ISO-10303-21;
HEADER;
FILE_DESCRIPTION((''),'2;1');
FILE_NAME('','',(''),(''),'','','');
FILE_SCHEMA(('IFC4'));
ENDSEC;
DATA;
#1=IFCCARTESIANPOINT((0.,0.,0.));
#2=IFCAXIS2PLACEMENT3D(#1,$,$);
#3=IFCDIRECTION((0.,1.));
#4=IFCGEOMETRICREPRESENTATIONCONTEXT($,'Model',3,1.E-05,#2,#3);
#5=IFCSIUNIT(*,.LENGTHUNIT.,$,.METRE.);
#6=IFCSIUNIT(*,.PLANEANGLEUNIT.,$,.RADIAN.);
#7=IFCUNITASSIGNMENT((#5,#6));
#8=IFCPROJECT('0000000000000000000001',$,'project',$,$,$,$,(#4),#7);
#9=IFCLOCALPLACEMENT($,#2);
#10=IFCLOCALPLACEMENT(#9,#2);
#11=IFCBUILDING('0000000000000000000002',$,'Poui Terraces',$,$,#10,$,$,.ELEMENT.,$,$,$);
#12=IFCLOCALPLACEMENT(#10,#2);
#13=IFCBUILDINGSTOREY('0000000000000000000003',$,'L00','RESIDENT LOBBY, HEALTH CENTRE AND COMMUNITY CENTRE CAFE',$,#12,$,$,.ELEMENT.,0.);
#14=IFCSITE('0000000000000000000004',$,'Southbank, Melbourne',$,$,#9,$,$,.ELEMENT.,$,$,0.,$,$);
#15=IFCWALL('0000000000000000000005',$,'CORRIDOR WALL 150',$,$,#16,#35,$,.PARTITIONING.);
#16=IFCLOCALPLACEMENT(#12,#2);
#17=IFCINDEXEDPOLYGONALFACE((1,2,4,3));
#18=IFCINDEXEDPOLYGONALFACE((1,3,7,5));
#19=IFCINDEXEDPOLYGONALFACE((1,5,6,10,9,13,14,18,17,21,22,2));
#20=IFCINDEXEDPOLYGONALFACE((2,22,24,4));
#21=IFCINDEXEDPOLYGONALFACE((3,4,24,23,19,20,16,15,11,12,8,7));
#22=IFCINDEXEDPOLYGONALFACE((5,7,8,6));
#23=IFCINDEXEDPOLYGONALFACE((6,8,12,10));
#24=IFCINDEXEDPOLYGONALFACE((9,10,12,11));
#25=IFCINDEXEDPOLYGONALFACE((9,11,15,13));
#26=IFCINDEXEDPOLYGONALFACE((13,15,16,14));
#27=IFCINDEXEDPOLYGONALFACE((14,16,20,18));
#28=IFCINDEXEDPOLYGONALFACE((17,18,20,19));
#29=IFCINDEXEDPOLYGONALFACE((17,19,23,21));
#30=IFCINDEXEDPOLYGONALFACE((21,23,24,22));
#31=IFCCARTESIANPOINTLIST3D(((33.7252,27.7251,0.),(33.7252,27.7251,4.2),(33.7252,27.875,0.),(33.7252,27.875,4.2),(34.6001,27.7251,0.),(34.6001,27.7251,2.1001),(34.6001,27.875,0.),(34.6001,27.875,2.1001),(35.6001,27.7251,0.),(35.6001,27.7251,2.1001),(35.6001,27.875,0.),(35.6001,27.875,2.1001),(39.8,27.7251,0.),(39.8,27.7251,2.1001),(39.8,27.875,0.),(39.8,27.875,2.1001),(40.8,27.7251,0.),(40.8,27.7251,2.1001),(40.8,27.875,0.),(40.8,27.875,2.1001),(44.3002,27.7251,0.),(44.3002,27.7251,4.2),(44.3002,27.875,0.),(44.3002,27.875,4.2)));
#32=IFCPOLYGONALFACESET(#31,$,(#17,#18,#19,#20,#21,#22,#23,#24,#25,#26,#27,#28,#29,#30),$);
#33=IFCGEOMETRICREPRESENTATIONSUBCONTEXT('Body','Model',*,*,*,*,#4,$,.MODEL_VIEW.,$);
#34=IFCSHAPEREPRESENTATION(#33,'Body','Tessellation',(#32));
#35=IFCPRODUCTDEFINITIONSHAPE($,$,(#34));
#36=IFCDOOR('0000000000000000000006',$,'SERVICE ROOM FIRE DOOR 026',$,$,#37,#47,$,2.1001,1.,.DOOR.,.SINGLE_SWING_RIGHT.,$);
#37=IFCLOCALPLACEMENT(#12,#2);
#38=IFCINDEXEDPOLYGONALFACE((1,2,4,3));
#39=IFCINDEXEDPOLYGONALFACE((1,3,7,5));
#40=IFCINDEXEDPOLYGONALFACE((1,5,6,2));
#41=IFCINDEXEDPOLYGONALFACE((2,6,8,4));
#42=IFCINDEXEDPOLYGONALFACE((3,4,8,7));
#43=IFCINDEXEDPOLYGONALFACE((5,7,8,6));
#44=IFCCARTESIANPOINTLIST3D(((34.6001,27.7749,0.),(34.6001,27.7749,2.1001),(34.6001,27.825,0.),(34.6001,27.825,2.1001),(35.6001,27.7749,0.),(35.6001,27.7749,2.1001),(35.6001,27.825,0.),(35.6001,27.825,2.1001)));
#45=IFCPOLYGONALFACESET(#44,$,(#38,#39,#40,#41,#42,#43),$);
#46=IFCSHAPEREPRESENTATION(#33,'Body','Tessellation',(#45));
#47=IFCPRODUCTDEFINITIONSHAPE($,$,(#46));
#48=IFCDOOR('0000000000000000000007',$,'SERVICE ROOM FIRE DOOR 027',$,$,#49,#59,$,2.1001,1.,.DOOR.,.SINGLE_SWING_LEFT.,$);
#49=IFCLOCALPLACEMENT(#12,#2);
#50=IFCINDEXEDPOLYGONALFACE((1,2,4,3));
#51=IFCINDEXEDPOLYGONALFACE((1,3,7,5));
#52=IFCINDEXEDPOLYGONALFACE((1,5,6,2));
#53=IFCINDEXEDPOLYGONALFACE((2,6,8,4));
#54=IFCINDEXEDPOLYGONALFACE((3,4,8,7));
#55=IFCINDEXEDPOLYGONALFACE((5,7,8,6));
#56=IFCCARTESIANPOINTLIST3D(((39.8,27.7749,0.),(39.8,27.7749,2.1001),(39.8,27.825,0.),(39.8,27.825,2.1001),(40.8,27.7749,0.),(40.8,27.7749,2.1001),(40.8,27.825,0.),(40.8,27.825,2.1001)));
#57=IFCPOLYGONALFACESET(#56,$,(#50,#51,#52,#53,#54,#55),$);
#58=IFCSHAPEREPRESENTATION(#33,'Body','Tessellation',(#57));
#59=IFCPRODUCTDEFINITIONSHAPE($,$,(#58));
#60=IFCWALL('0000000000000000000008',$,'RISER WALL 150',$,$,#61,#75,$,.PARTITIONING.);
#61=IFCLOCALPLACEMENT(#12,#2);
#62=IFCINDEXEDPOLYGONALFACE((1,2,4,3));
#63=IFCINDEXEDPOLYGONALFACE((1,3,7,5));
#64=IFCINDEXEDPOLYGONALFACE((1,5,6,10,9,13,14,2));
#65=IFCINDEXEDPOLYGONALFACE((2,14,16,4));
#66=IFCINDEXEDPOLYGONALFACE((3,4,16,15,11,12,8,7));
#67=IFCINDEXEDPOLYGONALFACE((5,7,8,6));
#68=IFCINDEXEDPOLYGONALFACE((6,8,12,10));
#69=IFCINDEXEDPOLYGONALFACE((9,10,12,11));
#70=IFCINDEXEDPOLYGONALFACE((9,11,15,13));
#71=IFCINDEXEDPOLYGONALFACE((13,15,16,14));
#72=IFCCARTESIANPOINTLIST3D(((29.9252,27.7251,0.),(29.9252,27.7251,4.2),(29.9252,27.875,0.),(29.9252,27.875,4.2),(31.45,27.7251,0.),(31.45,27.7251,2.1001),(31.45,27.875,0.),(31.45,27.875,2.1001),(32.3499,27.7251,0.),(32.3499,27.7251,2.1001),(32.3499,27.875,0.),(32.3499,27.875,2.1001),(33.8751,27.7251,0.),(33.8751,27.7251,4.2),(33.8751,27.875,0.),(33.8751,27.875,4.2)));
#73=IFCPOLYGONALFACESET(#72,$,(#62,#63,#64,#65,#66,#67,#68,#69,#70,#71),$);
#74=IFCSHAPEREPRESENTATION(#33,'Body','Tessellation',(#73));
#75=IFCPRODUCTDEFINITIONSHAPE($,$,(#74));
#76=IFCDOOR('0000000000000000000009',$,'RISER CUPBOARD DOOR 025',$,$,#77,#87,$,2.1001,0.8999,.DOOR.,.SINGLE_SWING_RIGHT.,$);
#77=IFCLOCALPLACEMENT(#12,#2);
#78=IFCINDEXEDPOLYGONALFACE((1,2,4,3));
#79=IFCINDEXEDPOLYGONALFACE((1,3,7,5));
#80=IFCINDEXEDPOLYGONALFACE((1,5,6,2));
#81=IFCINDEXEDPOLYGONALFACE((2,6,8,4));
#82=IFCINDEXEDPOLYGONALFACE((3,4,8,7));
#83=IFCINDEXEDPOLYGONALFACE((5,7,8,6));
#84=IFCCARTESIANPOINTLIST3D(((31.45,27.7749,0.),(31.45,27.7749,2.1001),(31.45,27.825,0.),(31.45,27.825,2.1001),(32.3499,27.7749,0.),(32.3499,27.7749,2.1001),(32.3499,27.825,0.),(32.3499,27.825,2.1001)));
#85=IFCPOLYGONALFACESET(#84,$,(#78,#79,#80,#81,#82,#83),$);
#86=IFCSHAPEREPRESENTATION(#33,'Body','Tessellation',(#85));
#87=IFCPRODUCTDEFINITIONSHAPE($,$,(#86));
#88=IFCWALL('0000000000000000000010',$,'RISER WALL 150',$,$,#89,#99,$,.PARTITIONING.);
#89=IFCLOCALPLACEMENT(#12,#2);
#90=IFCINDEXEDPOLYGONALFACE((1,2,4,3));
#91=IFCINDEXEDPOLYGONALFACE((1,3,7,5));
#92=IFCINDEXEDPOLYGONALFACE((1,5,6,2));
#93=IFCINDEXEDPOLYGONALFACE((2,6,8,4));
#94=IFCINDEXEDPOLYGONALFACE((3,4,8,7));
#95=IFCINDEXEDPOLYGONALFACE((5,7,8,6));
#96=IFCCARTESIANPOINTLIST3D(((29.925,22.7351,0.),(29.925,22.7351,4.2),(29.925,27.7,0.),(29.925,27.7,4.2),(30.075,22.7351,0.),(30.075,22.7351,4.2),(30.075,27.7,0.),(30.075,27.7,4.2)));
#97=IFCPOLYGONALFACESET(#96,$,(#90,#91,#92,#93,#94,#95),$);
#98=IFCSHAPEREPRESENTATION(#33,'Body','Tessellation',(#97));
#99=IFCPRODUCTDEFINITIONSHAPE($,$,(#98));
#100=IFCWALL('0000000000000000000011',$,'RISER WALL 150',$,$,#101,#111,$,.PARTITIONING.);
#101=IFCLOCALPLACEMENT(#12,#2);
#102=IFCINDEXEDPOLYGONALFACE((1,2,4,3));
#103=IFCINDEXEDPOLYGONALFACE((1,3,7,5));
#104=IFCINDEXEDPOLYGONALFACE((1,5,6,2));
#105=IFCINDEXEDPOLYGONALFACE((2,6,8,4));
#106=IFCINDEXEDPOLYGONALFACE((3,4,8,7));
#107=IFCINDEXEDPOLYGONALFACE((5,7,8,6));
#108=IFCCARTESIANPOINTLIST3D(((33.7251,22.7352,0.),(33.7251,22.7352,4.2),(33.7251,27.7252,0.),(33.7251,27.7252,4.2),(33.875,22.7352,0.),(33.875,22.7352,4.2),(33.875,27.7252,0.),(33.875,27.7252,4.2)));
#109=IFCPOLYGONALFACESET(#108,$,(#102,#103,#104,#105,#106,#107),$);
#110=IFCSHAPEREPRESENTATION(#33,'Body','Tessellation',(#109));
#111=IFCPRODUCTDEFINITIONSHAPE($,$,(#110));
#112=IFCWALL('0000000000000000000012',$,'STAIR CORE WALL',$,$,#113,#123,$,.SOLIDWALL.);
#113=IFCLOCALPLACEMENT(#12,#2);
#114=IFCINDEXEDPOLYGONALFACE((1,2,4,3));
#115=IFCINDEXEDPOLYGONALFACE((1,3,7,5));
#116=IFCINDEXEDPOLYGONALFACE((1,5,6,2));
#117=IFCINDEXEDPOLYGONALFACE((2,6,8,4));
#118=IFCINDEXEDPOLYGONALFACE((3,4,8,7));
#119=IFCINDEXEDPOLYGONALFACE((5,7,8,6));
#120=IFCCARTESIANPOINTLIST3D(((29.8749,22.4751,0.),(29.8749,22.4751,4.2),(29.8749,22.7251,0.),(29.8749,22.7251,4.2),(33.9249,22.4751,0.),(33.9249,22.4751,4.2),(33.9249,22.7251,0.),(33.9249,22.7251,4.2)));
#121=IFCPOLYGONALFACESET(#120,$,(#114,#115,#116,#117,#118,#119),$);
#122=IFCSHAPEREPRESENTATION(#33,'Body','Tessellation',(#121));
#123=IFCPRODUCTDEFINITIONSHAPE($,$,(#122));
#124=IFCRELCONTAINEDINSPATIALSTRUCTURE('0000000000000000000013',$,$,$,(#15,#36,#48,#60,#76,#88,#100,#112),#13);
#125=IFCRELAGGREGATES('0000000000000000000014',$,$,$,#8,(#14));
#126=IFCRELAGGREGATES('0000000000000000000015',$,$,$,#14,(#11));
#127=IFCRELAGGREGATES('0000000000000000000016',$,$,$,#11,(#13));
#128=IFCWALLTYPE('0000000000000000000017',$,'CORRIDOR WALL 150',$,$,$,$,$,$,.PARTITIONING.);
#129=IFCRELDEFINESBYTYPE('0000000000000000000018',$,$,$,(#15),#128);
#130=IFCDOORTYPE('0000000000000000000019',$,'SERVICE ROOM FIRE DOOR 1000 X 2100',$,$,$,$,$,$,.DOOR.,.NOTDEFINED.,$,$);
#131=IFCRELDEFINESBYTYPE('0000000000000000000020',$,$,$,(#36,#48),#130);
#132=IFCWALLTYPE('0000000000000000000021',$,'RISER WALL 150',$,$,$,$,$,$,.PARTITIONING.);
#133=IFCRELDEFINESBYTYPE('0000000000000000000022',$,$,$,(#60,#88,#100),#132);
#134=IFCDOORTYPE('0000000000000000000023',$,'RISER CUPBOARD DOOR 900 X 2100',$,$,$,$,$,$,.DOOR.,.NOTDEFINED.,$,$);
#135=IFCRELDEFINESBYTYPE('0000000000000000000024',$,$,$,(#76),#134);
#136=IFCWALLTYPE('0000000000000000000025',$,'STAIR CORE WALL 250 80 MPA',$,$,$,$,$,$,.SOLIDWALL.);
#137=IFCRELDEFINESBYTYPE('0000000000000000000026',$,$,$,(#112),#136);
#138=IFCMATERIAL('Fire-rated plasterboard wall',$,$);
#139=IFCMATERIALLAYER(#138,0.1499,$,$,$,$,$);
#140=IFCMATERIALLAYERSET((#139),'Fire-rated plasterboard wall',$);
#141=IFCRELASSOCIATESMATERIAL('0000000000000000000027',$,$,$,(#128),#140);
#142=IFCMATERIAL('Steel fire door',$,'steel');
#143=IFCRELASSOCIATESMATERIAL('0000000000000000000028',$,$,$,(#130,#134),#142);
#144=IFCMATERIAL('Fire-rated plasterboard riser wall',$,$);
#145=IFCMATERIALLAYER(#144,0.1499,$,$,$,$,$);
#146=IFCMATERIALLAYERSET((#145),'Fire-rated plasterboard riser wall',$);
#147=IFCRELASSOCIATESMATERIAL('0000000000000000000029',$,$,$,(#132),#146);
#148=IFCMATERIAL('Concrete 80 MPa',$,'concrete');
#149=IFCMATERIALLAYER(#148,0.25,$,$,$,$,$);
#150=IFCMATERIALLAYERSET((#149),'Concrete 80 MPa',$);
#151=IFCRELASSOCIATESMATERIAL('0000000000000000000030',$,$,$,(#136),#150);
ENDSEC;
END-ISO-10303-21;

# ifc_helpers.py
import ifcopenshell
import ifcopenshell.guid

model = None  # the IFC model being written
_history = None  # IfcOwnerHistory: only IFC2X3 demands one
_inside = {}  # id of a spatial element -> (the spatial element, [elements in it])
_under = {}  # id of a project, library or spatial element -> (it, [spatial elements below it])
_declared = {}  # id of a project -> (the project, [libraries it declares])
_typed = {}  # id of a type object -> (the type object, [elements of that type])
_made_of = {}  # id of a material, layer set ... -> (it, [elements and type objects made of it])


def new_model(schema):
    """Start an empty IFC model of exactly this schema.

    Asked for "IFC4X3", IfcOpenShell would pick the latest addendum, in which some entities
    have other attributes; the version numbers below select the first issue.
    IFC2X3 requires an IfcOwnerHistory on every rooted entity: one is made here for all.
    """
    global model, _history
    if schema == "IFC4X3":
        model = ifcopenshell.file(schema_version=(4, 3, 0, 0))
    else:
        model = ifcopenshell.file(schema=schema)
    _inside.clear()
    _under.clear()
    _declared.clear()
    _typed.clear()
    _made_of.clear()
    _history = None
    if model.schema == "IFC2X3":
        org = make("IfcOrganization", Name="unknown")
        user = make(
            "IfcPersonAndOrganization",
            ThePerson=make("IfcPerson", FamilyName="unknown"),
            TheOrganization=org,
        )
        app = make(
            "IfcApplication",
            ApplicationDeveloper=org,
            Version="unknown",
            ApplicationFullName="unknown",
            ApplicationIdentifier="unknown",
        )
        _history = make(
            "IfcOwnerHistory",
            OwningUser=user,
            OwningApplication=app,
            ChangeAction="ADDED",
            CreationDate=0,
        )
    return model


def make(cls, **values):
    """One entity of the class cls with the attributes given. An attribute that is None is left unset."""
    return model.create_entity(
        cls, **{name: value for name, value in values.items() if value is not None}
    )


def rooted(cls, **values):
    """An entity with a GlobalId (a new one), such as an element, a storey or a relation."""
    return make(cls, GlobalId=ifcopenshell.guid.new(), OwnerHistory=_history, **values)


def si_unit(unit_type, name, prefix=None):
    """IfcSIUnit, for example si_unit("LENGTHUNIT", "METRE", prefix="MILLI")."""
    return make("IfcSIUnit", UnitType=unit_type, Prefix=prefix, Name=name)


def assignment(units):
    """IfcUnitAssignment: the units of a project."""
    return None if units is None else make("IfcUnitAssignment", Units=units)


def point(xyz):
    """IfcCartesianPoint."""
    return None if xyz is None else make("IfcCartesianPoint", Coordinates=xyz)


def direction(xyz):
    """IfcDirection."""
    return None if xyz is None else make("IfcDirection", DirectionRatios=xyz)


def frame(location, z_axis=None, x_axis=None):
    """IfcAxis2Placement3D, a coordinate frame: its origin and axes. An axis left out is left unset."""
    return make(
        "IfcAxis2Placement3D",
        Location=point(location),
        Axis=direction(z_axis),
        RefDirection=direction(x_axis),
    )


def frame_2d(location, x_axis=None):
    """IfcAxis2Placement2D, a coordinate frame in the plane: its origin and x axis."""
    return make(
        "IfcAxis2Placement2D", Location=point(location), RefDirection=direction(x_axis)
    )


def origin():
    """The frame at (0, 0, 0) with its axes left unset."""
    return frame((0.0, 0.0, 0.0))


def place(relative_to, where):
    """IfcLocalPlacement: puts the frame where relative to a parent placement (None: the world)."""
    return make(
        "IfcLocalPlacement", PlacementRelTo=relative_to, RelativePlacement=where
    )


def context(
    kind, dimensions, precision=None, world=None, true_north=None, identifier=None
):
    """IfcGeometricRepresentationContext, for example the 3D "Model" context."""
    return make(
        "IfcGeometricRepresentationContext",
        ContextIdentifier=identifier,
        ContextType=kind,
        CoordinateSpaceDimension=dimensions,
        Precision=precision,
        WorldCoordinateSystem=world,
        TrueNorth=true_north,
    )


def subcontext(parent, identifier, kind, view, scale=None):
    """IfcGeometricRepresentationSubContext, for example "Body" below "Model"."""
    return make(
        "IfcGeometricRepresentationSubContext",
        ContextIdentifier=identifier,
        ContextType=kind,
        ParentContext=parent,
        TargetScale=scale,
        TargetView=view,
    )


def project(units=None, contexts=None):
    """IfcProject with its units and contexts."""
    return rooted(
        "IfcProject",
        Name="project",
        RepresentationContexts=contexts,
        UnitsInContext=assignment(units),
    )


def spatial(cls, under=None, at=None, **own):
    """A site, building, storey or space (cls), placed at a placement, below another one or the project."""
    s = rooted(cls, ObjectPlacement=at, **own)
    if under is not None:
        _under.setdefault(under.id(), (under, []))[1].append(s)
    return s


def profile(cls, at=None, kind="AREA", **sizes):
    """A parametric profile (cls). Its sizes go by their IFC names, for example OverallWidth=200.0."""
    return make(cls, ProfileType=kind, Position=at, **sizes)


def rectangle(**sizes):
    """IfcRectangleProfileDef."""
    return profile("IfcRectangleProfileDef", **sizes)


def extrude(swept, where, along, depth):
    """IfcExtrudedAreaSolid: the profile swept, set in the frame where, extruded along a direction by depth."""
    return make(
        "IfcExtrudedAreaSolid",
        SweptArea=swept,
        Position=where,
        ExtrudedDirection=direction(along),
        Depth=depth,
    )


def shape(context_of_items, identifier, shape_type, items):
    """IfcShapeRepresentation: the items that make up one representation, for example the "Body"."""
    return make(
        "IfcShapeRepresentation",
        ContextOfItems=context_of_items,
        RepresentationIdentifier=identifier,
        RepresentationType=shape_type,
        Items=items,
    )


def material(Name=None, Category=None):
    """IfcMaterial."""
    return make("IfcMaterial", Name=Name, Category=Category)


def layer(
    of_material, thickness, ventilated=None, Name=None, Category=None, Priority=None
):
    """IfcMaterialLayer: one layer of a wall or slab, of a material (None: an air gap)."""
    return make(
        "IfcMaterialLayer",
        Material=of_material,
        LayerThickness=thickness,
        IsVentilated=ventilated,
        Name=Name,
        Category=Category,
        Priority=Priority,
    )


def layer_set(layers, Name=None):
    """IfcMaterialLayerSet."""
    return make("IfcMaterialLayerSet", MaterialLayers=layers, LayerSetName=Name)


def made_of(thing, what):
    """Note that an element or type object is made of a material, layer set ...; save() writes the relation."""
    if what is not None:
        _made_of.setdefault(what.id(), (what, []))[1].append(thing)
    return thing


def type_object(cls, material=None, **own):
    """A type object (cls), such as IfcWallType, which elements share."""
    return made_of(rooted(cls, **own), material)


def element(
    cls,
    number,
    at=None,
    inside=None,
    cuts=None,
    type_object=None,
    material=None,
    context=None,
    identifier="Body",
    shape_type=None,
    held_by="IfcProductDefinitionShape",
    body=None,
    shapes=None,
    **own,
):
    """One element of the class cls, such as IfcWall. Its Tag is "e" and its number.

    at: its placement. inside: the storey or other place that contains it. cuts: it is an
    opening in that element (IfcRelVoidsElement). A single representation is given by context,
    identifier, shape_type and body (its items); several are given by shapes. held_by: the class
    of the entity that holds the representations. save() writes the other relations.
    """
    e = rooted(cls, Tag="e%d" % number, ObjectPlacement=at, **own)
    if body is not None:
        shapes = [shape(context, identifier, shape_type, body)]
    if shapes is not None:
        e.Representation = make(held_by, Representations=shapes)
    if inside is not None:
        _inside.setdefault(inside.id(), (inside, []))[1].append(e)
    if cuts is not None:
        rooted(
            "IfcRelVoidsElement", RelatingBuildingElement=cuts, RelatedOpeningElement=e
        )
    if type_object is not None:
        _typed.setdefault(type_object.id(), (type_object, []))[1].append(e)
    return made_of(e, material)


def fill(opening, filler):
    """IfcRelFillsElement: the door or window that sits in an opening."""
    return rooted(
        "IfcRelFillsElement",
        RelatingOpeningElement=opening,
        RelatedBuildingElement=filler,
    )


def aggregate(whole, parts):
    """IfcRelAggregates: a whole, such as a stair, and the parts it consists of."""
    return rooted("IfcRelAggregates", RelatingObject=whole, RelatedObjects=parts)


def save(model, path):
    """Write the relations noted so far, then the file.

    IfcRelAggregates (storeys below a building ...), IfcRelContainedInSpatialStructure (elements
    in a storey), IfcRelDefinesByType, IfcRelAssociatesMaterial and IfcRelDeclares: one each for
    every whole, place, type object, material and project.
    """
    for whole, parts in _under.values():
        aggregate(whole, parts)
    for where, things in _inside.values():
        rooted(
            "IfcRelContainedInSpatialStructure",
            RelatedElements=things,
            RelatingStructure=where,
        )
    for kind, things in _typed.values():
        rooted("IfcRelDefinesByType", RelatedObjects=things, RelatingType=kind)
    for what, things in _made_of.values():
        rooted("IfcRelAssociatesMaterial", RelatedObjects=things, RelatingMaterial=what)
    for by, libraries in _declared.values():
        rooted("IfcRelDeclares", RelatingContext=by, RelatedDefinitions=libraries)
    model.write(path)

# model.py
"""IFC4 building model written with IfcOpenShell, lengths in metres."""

from ifc_helpers import new_model, si_unit, direction, frame, frame_2d, origin, place, context, subcontext, project, spatial, rectangle, extrude, material, layer, layer_set, type_object, element, fill, save


model = new_model("IFC4")

# Units and contexts
model_context = context("Model", 3, precision=1e-05, world=origin(), true_north=direction((0.0, 1.0)))
body_context = subcontext(model_context, "Body", "Model", "MODEL_VIEW")
ifc_project = project(units=[si_unit("LENGTHUNIT", "METRE"), si_unit("PLANEANGLEUNIT", "RADIAN")], contexts=[model_context])

# Site, building, storey
site_placement = place(None, origin())
site = spatial("IfcSite", under=ifc_project, at=site_placement, Name="Southbank, Melbourne", CompositionType="ELEMENT", RefElevation=0.0)
building_placement = place(site_placement, origin())
building = spatial("IfcBuilding", under=site, at=building_placement, Name="Poui Terraces", CompositionType="ELEMENT")
storey_placement = place(building_placement, origin())
storey = spatial("IfcBuildingStorey", under=building, at=storey_placement, Name="L00", Description="RESIDENT LOBBY, HEALTH CENTRE AND COMMUNITY CENTRE CAFE", CompositionType="ELEMENT", Elevation=0.0)

# Wall, openings, doors
ifc_material_1 = material(Name="Concrete 80 MPa", Category="concrete")
ifc_material_2 = material(Name="Steel fire door", Category="steel")
ifc_material_3 = material(Name="Fire-rated plasterboard wall")
ifc_layer_1 = layer(ifc_material_3, 0.1499)
ifc_layer_set_1 = layer_set([ifc_layer_1], Name="Fire-rated plasterboard wall")
wall_type_1 = type_object("IfcWallType", Name="CORRIDOR WALL 150", PredefinedType="PARTITIONING", material=ifc_layer_set_1)
wall_1_placement = place(storey_placement, frame((33.7251, 27.8, 0.0), z_axis=(0.0, 0.0, 1.0), x_axis=(1.0, 0.0, 0.0)))
wall_1 = element("IfcWall", 1, at=wall_1_placement, inside=storey, type_object=wall_type_1, Name="CORRIDOR WALL 150", PredefinedType="PARTITIONING", context=body_context, shape_type="SweptSolid", body=[
    extrude(rectangle(XDim=10.575, YDim=0.1499, at=frame_2d((5.2876, 0.0))), origin(), (0.0, 0.0, 1.0), 4.2),
])
opening_1_placement = place(wall_1_placement, frame((0.875, 0.0, 0.0)))
opening_1 = element("IfcOpeningElement", 2, at=opening_1_placement, cuts=wall_1, PredefinedType="OPENING", context=body_context, shape_type="SweptSolid", body=[
    extrude(rectangle(XDim=1.0, YDim=2.1001, at=frame_2d((0.5, 1.05))), frame((0.0, 0.085, 0.0), z_axis=(0.0, -1.0, 0.0), x_axis=(1.0, 0.0, 0.0)), (0.0, 0.0, 1.0), 0.1699),
])
opening_2_placement = place(wall_1_placement, frame((6.075, 0.0, 0.0)))
opening_2 = element("IfcOpeningElement", 3, at=opening_2_placement, cuts=wall_1, PredefinedType="OPENING", context=body_context, shape_type="SweptSolid", body=[
    extrude(rectangle(XDim=1.0, YDim=2.1001, at=frame_2d((0.5, 1.05))), frame((0.0, 0.085, 0.0), z_axis=(0.0, -1.0, 0.0), x_axis=(1.0, 0.0, 0.0)), (0.0, 0.0, 1.0), 0.1699),
])
door_type_1 = type_object("IfcDoorType", Name="SERVICE ROOM FIRE DOOR 1000 X 2100", OperationType="NOTDEFINED", PredefinedType="DOOR", material=ifc_material_2)
door_1_placement = place(opening_1_placement, origin())
door_1 = element("IfcDoor", 4, at=door_1_placement, inside=storey, type_object=door_type_1, Name="SERVICE ROOM FIRE DOOR 026", OperationType="SINGLE_SWING_RIGHT", OverallHeight=2.1001, OverallWidth=1.0, PredefinedType="DOOR", context=body_context, shape_type="SweptSolid", body=[
    extrude(rectangle(XDim=1.0, YDim=2.1001, at=frame_2d((0.5, 1.05))), frame((0.0, 0.0249, 0.0), z_axis=(0.0, -1.0, 0.0), x_axis=(1.0, 0.0, 0.0)), (0.0, 0.0, 1.0), 0.05),
])
fill(opening_1, door_1)
door_2_placement = place(opening_2_placement, origin())
door_2 = element("IfcDoor", 5, at=door_2_placement, inside=storey, type_object=door_type_1, Name="SERVICE ROOM FIRE DOOR 027", OperationType="SINGLE_SWING_LEFT", OverallHeight=2.1001, OverallWidth=1.0, PredefinedType="DOOR", context=body_context, shape_type="SweptSolid", body=[
    extrude(rectangle(XDim=1.0, YDim=2.1001, at=frame_2d((0.5, 1.05))), frame((0.0, 0.0249, 0.0), z_axis=(0.0, -1.0, 0.0), x_axis=(1.0, 0.0, 0.0)), (0.0, 0.0, 1.0), 0.05),
])
fill(opening_2, door_2)

# Wall, opening, door
ifc_material_4 = material(Name="Fire-rated plasterboard riser wall")
ifc_layer_2 = layer(ifc_material_4, 0.1499)
ifc_layer_set_2 = layer_set([ifc_layer_2], Name="Fire-rated plasterboard riser wall")
wall_type_2 = type_object("IfcWallType", Name="RISER WALL 150", PredefinedType="PARTITIONING", material=ifc_layer_set_2)
wall_2_placement = place(storey_placement, frame((29.925, 27.8, 0.0), z_axis=(0.0, 0.0, 1.0), x_axis=(1.0, 0.0, 0.0)))
wall_2 = element("IfcWall", 6, at=wall_2_placement, inside=storey, type_object=wall_type_2, Name="RISER WALL 150", PredefinedType="PARTITIONING", context=body_context, shape_type="SweptSolid", body=[
    extrude(rectangle(XDim=3.95, YDim=0.1499, at=frame_2d((1.9751, 0.0))), origin(), (0.0, 0.0, 1.0), 4.2),
])
opening_3_placement = place(wall_2_placement, frame((1.5249, 0.0, 0.0)))
opening_3 = element("IfcOpeningElement", 7, at=opening_3_placement, cuts=wall_2, PredefinedType="OPENING", context=body_context, shape_type="SweptSolid", body=[
    extrude(rectangle(XDim=0.8999, YDim=2.1001, at=frame_2d((0.45, 1.05))), frame((0.0, 0.085, 0.0), z_axis=(0.0, -1.0, 0.0), x_axis=(1.0, 0.0, 0.0)), (0.0, 0.0, 1.0), 0.1699),
])
door_type_2 = type_object("IfcDoorType", Name="RISER CUPBOARD DOOR 900 X 2100", OperationType="NOTDEFINED", PredefinedType="DOOR", material=ifc_material_2)
door_3_placement = place(opening_3_placement, origin())
door_3 = element("IfcDoor", 8, at=door_3_placement, inside=storey, type_object=door_type_2, Name="RISER CUPBOARD DOOR 025", OperationType="SINGLE_SWING_RIGHT", OverallHeight=2.1001, OverallWidth=0.8999, PredefinedType="DOOR", context=body_context, shape_type="SweptSolid", body=[
    extrude(rectangle(XDim=0.8999, YDim=2.1001, at=frame_2d((0.45, 1.05))), frame((0.0, 0.0249, 0.0), z_axis=(0.0, -1.0, 0.0), x_axis=(1.0, 0.0, 0.0)), (0.0, 0.0, 1.0), 0.05),
])
fill(opening_3, door_3)

# Walls
wall_3_placement = place(storey_placement, frame((30.0, 22.7351, 0.0), z_axis=(0.0, 0.0, 1.0), x_axis=(0.0, 1.0, 0.0)))
element("IfcWall", 9, at=wall_3_placement, inside=storey, type_object=wall_type_2, Name="RISER WALL 150", PredefinedType="PARTITIONING", context=body_context, shape_type="SweptSolid", body=[
    extrude(rectangle(XDim=4.9648, YDim=0.1499, at=frame_2d((2.4824, 0.0))), origin(), (0.0, 0.0, 1.0), 4.2),
])
wall_4_placement = place(storey_placement, frame((33.8, 22.7351, 0.0), z_axis=(0.0, 0.0, 1.0), x_axis=(0.0, 1.0, 0.0)))
element("IfcWall", 10, at=wall_4_placement, inside=storey, type_object=wall_type_2, Name="RISER WALL 150", PredefinedType="PARTITIONING", context=body_context, shape_type="SweptSolid", body=[
    extrude(rectangle(XDim=4.99, YDim=0.1499, at=frame_2d((2.4951, 0.0))), origin(), (0.0, 0.0, 1.0), 4.2),
])
ifc_layer_3 = layer(ifc_material_1, 0.25)
ifc_layer_set_3 = layer_set([ifc_layer_3], Name="Concrete 80 MPa")
wall_type_3 = type_object("IfcWallType", Name="STAIR CORE WALL 250 80 MPA", PredefinedType="SOLIDWALL", material=ifc_layer_set_3)
wall_5_placement = place(storey_placement, frame((29.875, 22.6001, 0.0), z_axis=(0.0, 0.0, 1.0), x_axis=(1.0, 0.0, 0.0)))
element("IfcWall", 11, at=wall_5_placement, inside=storey, type_object=wall_type_3, Name="STAIR CORE WALL", PredefinedType="SOLIDWALL", context=body_context, shape_type="SweptSolid", body=[
    extrude(rectangle(XDim=4.05, YDim=0.25, at=frame_2d((2.0249, 0.0))), origin(), (0.0, 0.0, 1.0), 4.2),
])

save(model, "model.ifc")
